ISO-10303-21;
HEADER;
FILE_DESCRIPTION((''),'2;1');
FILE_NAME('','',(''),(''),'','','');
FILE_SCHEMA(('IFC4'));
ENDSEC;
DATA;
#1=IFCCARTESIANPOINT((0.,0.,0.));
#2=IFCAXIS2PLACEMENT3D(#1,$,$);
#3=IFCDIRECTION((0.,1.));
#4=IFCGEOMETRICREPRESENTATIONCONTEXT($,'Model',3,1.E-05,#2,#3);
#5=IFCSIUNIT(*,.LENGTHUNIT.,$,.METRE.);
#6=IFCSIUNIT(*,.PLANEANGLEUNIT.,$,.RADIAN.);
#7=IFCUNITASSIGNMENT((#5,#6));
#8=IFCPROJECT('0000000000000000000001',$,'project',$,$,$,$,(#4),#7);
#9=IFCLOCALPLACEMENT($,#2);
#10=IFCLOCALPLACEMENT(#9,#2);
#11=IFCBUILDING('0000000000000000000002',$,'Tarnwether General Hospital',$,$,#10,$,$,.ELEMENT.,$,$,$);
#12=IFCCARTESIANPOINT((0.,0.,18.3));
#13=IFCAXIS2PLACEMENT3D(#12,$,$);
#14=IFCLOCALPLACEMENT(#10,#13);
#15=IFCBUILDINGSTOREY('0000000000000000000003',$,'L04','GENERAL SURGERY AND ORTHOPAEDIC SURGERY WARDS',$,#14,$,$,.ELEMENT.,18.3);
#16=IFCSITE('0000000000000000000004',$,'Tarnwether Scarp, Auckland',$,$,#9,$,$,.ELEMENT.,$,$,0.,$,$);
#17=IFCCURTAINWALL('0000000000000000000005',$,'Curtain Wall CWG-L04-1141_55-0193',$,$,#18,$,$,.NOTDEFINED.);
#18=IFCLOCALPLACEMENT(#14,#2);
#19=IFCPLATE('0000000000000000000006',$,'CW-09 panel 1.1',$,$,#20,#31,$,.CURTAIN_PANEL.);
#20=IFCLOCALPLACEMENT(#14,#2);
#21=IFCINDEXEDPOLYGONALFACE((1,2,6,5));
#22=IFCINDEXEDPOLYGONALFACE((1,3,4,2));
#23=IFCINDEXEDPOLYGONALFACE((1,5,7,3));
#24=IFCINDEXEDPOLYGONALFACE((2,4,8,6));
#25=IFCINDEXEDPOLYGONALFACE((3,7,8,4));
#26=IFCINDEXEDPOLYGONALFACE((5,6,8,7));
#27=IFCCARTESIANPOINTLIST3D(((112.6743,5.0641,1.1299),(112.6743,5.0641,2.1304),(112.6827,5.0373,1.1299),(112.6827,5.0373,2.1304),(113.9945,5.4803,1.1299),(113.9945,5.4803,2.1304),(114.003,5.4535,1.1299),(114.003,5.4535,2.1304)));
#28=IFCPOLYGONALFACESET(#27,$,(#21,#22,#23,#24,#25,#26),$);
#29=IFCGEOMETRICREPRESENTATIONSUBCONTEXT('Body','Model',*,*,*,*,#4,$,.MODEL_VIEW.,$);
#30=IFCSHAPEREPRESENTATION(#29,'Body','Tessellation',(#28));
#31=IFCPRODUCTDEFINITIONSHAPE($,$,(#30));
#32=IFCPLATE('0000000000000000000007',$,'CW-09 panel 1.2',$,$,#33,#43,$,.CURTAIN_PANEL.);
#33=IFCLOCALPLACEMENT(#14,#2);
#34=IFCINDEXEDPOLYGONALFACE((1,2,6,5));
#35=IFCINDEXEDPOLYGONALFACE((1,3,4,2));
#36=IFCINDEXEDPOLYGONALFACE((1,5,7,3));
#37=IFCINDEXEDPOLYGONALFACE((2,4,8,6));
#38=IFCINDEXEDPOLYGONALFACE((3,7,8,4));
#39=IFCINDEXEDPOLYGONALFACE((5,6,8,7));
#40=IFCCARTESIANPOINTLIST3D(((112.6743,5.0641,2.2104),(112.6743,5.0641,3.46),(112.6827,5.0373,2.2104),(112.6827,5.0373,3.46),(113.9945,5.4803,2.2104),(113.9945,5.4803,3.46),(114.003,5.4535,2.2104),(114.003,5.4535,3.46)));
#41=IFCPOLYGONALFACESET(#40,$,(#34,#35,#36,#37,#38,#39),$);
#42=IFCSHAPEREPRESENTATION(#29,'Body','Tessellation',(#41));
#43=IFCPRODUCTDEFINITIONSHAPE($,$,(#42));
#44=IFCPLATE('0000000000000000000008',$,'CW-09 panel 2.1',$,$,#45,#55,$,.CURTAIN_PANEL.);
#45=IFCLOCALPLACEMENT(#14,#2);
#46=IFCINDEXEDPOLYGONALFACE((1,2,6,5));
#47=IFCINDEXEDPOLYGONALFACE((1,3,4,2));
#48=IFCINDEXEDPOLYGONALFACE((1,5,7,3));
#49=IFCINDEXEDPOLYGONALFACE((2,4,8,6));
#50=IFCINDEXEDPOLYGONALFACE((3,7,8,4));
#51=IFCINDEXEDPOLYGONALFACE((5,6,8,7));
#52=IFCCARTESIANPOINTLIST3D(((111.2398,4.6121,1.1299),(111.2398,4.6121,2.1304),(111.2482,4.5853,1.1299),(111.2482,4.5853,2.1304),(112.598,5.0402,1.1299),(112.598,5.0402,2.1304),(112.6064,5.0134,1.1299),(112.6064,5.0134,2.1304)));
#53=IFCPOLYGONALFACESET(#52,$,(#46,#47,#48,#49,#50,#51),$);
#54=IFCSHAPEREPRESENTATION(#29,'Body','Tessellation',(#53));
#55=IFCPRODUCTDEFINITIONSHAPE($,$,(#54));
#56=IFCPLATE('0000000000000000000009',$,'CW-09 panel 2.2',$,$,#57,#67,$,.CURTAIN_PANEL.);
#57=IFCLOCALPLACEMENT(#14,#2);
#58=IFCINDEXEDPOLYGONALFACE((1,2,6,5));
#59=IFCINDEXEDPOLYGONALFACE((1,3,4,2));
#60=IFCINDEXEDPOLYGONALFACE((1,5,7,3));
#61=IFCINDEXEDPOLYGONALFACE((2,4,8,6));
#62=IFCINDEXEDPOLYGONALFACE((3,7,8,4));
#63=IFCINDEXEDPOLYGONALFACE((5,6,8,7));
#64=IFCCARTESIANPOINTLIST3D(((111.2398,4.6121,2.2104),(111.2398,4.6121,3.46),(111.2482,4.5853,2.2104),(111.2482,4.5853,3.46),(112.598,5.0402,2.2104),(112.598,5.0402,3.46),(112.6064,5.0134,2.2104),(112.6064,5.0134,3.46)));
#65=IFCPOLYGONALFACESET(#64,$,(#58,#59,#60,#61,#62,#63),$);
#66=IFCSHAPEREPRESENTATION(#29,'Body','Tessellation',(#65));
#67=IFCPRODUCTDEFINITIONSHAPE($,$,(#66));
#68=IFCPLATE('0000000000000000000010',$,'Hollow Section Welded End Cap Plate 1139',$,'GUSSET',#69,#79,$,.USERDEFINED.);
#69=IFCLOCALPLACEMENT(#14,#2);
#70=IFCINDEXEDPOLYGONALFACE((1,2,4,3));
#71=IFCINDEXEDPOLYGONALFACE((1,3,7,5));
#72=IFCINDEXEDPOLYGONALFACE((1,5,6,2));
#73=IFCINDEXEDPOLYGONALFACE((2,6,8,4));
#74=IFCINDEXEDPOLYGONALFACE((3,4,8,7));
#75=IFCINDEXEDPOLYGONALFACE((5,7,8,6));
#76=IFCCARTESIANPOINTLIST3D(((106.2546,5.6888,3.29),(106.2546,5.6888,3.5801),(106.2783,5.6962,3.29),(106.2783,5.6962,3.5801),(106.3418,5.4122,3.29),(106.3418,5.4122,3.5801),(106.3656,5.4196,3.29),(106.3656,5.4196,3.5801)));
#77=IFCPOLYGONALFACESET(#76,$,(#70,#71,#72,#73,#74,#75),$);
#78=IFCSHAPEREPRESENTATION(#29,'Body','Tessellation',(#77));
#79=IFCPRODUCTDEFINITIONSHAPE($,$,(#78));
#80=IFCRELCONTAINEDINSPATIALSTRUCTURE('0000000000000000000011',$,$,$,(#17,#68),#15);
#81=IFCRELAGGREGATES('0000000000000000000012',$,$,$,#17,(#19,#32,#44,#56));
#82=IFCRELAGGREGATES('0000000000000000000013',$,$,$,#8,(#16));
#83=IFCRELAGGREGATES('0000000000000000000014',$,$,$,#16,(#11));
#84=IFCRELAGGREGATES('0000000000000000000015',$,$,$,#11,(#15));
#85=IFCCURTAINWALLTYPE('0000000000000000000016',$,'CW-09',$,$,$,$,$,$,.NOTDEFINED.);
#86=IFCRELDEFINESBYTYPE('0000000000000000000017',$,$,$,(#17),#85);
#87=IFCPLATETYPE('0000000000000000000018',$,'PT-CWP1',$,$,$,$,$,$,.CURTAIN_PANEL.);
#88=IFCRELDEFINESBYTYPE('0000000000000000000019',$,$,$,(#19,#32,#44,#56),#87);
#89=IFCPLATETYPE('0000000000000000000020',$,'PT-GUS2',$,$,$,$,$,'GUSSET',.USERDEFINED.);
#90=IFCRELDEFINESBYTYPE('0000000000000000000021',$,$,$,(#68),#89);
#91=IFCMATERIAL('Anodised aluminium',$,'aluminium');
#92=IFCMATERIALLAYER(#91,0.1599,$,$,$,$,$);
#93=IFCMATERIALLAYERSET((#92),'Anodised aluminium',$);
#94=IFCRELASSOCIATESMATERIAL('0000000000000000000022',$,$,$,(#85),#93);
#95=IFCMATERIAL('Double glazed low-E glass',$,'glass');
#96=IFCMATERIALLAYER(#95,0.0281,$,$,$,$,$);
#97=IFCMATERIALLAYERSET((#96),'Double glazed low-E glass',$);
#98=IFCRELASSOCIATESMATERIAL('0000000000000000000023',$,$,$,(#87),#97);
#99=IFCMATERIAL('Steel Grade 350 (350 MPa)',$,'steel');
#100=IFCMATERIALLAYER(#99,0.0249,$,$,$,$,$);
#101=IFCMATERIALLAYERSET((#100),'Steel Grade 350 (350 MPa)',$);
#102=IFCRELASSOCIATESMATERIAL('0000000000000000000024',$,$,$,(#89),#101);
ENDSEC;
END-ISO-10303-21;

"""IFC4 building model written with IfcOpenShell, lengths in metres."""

from ifc_helpers import new_model, si_unit, direction, frame, origin, origin_2d, place, context, subcontext, project, spatial, rectangle, extrude, material, layer, layer_set, type_object, element, aggregate, save


model = new_model("IFC4")

# Units and contexts
model_context = context("Model", 3, precision=1e-05, world=origin(), true_north=direction((0.0, 1.0)))
body_context = subcontext(model_context, "Body", "Model", "MODEL_VIEW")
ifc_project = project(units=[si_unit("LENGTHUNIT", "METRE"), si_unit("PLANEANGLEUNIT", "RADIAN")], contexts=[model_context])

# Site, building, storey
site_placement = place(None, origin())
site = spatial("IfcSite", under=ifc_project, at=site_placement, Name="Tarnwether Scarp, Auckland", CompositionType="ELEMENT", RefElevation=0.0)
building_placement = place(site_placement, origin())
building = spatial("IfcBuilding", under=site, at=building_placement, Name="Tarnwether General Hospital", CompositionType="ELEMENT")
storey_placement = place(building_placement, frame((0.0, 0.0, 18.3)))
storey = spatial("IfcBuildingStorey", under=building, at=storey_placement, Name="L04", Description="GENERAL SURGERY AND ORTHOPAEDIC SURGERY WARDS", CompositionType="ELEMENT", Elevation=18.3)

# Curtain wall, plates
ifc_material_1 = material(Name="Anodised aluminium", Category="aluminium")
ifc_layer_1 = layer(ifc_material_1, 0.1599)
ifc_layer_set_1 = layer_set([ifc_layer_1], Name="Anodised aluminium")
curtain_wall_type = type_object("IfcCurtainWallType", Name="CW-09", PredefinedType="NOTDEFINED", material=ifc_layer_set_1)
curtain_wall_placement = place(storey_placement, origin())
curtain_wall = element("IfcCurtainWall", 1, at=curtain_wall_placement, inside=storey, type_object=curtain_wall_type, Name="Curtain Wall CWG-L04-1141_55-0193", PredefinedType="NOTDEFINED")
ifc_material_2 = material(Name="Double glazed low-E glass", Category="glass")
ifc_layer_2 = layer(ifc_material_2, 0.0281)
ifc_layer_set_2 = layer_set([ifc_layer_2], Name="Double glazed low-E glass")
plate_type_1 = type_object("IfcPlateType", Name="PT-CWP1", PredefinedType="CURTAIN_PANEL", material=ifc_layer_set_2)
plate_1_placement = place(storey_placement, frame((113.3386, 5.2588, 1.1299), z_axis=(0.0, 0.0, 1.0), x_axis=(-0.953741, -0.300629, 0.0)))
plate_1 = element("IfcPlate", 2, at=plate_1_placement, type_object=plate_type_1, Name="CW-09 panel 1.1", PredefinedType="CURTAIN_PANEL", context=body_context, shape_type="SweptSolid", body=[
    extrude(rectangle(XDim=1.3843, YDim=0.0281, at=origin_2d()), origin(), (0.0, 0.0, 1.0), 1.0005),
])
plate_2_placement = place(storey_placement, frame((113.3386, 5.2588, 2.2104), z_axis=(0.0, 0.0, 1.0), x_axis=(-0.953741, -0.300629, 0.0)))
plate_2 = element("IfcPlate", 3, at=plate_2_placement, type_object=plate_type_1, Name="CW-09 panel 1.2", PredefinedType="CURTAIN_PANEL", context=body_context, shape_type="SweptSolid", body=[
    extrude(rectangle(XDim=1.3843, YDim=0.0281, at=origin_2d()), origin(), (0.0, 0.0, 1.0), 1.2495),
])
plate_3_placement = place(storey_placement, frame((111.9231, 4.8127, 1.1299), z_axis=(0.0, 0.0, 1.0), x_axis=(-0.953741, -0.300629, 0.0)))
plate_3 = element("IfcPlate", 4, at=plate_3_placement, type_object=plate_type_1, Name="CW-09 panel 2.1", PredefinedType="CURTAIN_PANEL", context=body_context, shape_type="SweptSolid", body=[
    extrude(rectangle(XDim=1.4241, YDim=0.0281, at=origin_2d()), origin(), (0.0, 0.0, 1.0), 1.0005),
])
plate_4_placement = place(storey_placement, frame((111.9231, 4.8127, 2.2104), z_axis=(0.0, 0.0, 1.0), x_axis=(-0.953741, -0.300629, 0.0)))
plate_4 = element("IfcPlate", 5, at=plate_4_placement, type_object=plate_type_1, Name="CW-09 panel 2.2", PredefinedType="CURTAIN_PANEL", context=body_context, shape_type="SweptSolid", body=[
    extrude(rectangle(XDim=1.4241, YDim=0.0281, at=origin_2d()), origin(), (0.0, 0.0, 1.0), 1.2495),
])
aggregate(curtain_wall, [plate_1, plate_2, plate_3, plate_4])

# Plate
ifc_material_3 = material(Name="Steel Grade 350 (350 MPa)", Category="steel")
ifc_layer_3 = layer(ifc_material_3, 0.0249)
ifc_layer_set_3 = layer_set([ifc_layer_3], Name="Steel Grade 350 (350 MPa)")
plate_type_2 = type_object("IfcPlateType", Name="PT-GUS2", ElementType="GUSSET", PredefinedType="USERDEFINED", material=ifc_layer_set_3)
plate_5_placement = place(storey_placement, frame((106.3101, 5.5542, 3.29), z_axis=(0.0, 0.0, 1.0), x_axis=(0.953691, 0.300789, 0.0)))
element("IfcPlate", 6, at=plate_5_placement, inside=storey, type_object=plate_type_2, Name="Hollow Section Welded End Cap Plate 1139", ObjectType="GUSSET", PredefinedType="USERDEFINED", context=body_context, shape_type="SweptSolid", body=[
    extrude(rectangle(XDim=0.0249, YDim=0.29, at=origin_2d()), origin(), (0.0, 0.0, 1.0), 0.29),
])

save(model, "model.ifc")
